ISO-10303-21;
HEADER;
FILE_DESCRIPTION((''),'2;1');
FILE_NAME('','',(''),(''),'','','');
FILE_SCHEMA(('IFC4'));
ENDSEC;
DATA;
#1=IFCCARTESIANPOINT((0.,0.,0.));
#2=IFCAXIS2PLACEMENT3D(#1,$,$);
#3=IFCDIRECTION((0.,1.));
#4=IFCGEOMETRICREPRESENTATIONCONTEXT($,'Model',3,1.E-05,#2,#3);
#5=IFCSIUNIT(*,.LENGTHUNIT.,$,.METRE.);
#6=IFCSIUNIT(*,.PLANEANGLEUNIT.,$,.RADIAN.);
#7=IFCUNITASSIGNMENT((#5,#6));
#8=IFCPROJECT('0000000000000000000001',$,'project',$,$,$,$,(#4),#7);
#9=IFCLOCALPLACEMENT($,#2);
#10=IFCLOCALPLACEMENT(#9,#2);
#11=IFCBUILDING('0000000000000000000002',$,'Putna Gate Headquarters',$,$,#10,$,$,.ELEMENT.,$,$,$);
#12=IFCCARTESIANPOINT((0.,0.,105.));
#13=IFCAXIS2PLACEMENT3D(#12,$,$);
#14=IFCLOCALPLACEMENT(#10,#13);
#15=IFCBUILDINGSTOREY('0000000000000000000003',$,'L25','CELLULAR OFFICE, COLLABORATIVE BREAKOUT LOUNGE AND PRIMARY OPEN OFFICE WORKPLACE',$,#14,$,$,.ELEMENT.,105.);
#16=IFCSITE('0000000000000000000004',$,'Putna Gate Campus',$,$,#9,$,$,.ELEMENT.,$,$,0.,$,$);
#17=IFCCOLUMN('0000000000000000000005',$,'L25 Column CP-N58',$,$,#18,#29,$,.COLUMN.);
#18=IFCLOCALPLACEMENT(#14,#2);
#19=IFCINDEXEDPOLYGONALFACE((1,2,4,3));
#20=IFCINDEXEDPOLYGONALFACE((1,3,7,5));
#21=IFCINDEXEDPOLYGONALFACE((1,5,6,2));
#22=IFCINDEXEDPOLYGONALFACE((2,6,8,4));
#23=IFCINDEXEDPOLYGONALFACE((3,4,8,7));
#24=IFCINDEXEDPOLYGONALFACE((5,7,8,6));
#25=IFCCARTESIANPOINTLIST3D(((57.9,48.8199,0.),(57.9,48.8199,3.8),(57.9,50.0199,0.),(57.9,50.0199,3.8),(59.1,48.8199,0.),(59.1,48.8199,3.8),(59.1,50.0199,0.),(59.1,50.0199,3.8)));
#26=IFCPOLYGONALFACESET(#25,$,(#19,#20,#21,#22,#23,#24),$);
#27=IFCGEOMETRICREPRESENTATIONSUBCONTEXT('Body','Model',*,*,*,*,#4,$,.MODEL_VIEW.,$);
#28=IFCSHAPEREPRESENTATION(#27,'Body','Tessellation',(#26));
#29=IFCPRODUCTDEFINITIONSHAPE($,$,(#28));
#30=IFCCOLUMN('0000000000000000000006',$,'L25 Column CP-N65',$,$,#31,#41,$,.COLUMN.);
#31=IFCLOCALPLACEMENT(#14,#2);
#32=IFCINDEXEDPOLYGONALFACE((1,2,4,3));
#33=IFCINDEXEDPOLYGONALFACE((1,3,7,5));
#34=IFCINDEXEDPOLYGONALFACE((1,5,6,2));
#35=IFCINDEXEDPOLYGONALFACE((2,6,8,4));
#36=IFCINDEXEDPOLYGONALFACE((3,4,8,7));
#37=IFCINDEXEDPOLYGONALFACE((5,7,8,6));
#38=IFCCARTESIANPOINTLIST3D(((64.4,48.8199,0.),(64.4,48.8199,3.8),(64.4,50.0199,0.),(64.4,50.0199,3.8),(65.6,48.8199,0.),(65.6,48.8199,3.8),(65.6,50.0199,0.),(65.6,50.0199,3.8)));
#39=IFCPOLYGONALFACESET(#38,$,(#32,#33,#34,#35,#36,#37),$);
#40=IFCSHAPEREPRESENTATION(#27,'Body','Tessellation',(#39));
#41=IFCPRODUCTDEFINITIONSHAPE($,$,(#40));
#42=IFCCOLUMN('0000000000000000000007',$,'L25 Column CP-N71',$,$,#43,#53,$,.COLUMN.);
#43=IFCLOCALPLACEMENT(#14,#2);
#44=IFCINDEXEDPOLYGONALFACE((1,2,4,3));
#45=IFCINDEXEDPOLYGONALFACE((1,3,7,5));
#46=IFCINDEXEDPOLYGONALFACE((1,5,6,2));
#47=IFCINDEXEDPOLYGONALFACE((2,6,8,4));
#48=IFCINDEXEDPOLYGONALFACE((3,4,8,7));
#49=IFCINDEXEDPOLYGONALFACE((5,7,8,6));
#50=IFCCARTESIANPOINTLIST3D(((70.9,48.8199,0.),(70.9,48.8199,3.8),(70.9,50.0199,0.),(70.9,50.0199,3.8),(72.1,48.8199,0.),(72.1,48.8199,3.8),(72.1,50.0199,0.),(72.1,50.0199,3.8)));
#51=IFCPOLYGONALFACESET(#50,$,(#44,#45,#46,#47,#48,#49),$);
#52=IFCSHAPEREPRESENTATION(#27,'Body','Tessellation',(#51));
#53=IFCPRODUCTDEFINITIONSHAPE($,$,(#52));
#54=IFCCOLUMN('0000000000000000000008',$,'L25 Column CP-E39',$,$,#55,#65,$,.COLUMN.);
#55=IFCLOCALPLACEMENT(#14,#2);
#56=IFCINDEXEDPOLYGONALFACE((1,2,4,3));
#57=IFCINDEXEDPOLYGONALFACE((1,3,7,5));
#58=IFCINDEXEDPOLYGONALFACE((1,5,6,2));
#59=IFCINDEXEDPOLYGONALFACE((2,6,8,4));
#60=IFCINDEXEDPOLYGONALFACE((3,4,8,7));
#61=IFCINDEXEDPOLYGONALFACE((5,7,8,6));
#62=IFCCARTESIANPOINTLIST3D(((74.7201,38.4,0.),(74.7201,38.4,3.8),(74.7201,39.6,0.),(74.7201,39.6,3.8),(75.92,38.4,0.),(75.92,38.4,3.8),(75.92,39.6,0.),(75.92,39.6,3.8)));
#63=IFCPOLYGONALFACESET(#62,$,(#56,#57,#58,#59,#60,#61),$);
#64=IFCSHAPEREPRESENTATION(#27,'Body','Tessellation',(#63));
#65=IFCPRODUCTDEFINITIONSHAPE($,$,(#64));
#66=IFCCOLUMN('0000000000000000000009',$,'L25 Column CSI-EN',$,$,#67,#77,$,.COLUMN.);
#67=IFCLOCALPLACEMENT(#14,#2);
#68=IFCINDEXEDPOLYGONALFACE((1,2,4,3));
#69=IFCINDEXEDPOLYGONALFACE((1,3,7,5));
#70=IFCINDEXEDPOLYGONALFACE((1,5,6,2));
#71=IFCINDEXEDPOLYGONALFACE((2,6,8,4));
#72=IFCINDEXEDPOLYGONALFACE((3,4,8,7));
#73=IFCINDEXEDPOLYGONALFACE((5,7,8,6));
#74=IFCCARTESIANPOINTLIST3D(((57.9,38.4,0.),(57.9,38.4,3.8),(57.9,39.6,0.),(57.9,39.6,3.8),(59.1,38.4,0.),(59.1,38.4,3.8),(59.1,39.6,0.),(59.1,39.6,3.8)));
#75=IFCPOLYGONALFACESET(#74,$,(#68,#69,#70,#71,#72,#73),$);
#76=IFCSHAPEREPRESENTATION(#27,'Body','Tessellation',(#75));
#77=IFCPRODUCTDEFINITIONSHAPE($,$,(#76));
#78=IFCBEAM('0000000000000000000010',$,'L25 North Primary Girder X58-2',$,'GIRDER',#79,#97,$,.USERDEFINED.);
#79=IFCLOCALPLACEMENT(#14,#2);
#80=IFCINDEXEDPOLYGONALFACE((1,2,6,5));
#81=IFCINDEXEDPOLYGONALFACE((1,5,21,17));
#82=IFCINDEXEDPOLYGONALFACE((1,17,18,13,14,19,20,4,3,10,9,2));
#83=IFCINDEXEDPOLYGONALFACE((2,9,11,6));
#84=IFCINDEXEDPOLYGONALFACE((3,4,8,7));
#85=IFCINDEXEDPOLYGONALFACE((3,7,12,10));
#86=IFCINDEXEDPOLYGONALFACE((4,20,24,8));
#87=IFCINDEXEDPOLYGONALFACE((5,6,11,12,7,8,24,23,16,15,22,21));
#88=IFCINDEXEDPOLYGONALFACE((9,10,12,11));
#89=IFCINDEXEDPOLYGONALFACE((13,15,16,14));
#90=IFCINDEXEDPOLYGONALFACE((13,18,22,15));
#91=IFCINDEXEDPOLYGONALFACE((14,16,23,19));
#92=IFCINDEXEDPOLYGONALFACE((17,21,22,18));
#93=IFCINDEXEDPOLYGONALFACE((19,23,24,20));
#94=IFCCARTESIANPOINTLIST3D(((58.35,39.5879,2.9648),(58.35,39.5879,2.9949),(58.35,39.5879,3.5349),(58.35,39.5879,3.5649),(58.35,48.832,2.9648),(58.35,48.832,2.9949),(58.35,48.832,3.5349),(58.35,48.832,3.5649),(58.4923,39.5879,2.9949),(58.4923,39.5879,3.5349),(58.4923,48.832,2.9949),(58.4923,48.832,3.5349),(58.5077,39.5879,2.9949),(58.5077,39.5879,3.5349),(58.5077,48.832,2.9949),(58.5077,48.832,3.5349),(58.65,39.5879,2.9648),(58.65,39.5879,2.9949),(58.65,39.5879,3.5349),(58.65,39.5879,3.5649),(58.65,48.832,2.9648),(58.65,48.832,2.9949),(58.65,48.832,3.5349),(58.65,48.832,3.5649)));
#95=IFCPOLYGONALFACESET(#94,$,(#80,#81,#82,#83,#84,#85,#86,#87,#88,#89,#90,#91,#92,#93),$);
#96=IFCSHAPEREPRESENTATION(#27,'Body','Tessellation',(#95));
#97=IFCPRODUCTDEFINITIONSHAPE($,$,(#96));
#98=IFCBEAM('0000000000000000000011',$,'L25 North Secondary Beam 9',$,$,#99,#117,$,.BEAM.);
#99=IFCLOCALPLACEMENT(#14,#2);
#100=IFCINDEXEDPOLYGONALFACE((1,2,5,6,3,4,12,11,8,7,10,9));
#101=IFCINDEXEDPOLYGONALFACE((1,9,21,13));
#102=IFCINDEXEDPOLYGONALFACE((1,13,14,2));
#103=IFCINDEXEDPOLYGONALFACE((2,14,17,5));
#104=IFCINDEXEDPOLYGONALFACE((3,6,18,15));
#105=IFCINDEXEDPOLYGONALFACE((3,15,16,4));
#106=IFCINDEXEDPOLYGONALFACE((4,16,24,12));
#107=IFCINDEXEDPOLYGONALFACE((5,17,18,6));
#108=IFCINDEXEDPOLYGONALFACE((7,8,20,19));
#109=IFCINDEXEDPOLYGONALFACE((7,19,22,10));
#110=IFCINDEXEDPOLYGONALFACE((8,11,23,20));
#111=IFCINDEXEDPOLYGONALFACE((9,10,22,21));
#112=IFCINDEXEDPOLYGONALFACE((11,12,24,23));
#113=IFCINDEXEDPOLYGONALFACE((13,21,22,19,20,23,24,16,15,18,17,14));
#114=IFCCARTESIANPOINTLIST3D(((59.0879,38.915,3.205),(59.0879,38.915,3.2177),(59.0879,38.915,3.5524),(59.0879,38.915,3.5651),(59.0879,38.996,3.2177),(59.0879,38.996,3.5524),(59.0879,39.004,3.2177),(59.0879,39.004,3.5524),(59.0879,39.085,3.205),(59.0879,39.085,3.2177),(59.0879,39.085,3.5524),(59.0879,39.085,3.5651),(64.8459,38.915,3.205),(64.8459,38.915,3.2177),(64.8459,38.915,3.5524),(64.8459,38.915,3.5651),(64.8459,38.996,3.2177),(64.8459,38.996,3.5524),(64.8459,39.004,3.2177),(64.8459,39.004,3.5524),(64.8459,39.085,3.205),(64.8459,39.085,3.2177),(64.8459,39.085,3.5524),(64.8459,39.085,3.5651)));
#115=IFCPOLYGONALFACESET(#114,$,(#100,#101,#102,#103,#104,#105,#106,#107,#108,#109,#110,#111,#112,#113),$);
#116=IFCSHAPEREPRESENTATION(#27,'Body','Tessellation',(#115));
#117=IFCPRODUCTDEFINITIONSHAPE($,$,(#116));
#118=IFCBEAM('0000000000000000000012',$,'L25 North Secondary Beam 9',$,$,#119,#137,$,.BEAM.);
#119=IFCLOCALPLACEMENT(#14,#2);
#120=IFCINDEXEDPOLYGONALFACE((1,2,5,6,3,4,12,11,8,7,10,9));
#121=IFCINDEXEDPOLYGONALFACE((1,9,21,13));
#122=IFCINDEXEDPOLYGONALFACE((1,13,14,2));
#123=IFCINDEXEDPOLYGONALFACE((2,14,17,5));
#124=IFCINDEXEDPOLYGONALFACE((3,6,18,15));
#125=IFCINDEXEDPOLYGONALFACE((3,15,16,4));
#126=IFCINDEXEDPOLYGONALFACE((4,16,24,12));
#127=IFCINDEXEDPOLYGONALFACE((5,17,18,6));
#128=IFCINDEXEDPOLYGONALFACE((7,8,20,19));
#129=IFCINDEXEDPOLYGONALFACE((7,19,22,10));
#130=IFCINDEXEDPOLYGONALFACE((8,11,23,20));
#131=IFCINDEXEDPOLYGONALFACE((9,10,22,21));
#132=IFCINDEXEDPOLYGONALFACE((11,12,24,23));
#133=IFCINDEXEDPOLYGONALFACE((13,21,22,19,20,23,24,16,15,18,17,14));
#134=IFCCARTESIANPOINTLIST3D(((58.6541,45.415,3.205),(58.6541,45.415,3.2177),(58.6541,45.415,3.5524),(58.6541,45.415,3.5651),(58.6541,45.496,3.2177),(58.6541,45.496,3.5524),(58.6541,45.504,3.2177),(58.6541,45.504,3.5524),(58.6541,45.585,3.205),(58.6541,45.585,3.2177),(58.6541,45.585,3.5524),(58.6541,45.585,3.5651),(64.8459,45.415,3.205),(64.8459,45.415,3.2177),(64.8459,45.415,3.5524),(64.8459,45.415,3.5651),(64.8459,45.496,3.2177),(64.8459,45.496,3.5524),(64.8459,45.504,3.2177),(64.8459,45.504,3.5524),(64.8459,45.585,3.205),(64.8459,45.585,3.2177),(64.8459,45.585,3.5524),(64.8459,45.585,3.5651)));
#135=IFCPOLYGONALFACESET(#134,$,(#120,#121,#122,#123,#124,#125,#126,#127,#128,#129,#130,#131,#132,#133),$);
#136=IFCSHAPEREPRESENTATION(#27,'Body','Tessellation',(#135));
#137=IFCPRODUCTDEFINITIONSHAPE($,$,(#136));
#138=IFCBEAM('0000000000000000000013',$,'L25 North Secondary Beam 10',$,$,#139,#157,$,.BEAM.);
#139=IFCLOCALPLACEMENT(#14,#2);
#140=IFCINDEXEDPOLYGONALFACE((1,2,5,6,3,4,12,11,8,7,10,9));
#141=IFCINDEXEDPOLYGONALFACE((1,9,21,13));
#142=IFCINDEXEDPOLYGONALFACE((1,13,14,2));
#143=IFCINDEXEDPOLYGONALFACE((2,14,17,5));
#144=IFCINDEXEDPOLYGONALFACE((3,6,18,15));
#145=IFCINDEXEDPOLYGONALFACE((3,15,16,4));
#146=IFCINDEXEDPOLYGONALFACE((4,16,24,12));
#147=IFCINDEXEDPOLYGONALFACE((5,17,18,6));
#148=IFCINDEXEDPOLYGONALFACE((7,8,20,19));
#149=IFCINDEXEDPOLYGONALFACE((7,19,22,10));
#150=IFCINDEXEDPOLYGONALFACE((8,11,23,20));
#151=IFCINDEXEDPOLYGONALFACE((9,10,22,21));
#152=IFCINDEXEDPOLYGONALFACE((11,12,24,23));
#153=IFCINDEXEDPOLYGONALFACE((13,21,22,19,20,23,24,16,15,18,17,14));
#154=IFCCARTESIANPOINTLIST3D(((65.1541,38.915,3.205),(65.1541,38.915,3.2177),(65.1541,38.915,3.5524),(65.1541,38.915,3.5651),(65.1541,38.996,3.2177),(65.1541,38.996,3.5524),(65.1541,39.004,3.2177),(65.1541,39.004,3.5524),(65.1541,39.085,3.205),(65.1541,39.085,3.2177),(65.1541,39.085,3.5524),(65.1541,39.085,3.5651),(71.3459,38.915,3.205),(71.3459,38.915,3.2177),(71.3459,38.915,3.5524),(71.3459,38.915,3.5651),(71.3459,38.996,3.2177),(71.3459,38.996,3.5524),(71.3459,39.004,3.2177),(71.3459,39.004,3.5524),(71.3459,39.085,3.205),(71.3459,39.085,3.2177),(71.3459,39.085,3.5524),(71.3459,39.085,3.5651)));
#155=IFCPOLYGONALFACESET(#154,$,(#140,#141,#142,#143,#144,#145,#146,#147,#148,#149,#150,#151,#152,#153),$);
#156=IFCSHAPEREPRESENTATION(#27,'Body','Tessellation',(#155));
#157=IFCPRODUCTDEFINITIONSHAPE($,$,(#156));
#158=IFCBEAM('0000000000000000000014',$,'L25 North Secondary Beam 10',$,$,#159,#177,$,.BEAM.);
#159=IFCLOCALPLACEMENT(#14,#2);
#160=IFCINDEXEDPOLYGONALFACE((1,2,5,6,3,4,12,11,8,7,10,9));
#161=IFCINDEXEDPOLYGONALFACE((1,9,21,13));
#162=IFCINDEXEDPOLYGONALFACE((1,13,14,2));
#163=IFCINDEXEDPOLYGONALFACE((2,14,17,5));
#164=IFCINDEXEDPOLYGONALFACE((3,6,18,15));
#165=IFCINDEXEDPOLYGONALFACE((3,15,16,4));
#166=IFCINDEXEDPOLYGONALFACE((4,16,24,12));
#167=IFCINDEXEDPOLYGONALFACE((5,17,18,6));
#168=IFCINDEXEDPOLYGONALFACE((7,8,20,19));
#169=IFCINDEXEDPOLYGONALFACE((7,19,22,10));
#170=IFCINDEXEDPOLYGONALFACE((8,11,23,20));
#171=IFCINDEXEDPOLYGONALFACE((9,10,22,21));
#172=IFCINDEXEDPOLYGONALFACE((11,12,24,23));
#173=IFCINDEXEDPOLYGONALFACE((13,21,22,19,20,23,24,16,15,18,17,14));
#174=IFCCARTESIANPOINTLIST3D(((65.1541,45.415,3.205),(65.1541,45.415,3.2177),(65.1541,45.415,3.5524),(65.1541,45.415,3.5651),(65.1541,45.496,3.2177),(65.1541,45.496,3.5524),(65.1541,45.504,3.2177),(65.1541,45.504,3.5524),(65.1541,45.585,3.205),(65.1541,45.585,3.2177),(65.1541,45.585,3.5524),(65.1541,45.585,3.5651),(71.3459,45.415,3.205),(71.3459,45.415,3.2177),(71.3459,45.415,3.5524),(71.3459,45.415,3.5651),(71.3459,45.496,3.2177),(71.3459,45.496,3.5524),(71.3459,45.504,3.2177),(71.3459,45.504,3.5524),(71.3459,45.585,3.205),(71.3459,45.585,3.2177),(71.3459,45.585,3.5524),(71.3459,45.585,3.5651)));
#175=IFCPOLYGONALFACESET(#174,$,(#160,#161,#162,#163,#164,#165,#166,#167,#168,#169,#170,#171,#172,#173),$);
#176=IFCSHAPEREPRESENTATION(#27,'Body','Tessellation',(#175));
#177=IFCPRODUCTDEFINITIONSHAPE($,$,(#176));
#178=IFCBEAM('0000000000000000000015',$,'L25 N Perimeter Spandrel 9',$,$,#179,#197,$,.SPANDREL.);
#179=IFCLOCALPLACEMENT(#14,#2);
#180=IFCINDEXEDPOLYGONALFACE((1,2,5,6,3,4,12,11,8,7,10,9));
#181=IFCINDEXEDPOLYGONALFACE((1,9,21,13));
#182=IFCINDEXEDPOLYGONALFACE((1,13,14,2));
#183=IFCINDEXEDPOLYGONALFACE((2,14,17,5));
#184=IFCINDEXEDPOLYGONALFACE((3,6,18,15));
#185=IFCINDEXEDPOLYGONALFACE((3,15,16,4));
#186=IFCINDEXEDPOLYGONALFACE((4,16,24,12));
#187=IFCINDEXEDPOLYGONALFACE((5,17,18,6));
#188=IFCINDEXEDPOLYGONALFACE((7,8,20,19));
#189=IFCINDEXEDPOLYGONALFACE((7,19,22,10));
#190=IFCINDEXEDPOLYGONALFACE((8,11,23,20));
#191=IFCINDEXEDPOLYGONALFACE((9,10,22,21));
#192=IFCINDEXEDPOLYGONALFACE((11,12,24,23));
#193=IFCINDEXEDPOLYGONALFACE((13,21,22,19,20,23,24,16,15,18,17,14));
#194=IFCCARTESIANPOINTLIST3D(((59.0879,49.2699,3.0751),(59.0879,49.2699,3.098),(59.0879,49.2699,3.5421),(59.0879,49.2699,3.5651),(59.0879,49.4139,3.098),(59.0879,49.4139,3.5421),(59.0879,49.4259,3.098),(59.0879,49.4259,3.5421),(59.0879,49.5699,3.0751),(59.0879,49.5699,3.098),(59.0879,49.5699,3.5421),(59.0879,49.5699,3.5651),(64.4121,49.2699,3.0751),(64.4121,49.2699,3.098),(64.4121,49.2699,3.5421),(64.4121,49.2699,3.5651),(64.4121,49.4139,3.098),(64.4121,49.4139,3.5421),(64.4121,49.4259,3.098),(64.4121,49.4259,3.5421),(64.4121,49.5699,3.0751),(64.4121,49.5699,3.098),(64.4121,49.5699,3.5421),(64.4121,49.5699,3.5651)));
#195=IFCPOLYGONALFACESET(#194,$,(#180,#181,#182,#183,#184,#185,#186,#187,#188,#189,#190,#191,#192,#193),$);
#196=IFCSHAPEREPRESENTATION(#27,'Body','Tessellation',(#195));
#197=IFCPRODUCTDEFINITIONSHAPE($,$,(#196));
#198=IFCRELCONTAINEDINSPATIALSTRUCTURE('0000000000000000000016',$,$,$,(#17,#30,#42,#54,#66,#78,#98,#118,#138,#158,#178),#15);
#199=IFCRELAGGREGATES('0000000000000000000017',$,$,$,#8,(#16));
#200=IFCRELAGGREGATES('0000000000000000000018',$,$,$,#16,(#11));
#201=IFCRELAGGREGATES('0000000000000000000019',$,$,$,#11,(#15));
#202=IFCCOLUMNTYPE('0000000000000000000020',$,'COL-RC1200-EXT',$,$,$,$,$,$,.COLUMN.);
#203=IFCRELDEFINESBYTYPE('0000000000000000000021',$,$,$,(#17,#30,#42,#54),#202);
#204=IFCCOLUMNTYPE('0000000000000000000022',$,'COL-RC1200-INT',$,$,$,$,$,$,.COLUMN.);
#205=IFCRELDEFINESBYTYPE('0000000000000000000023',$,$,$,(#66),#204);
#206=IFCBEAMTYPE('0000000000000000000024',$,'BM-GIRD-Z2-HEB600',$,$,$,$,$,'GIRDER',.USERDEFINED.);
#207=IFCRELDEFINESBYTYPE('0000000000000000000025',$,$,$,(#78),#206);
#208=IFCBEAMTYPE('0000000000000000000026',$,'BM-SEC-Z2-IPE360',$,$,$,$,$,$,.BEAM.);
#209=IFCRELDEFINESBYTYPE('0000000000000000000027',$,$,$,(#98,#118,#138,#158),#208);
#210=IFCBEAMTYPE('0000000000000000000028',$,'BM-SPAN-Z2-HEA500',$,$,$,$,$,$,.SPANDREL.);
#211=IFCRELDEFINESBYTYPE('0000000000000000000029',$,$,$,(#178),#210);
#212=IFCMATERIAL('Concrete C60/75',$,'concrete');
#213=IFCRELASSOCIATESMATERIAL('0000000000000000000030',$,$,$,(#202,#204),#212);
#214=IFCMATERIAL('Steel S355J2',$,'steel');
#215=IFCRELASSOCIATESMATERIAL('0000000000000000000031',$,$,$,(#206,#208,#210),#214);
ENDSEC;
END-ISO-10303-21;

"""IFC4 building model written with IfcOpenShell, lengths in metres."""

from ifc_helpers import new_model, si_unit, direction, frame, origin, origin_2d, place, context, subcontext, project, spatial, rectangle, i_section, extrude, material, material_profile, profile_set, type_object, element, save


model = new_model("IFC4")

# Units and contexts
model_context = context("Model", 3, precision=1e-05, world=origin(), true_north=direction((0.0, 1.0)))
body_context = subcontext(model_context, "Body", "Model", "MODEL_VIEW")
ifc_project = project(units=[si_unit("LENGTHUNIT", "METRE"), si_unit("PLANEANGLEUNIT", "RADIAN")], contexts=[model_context])

# Site, building, storey
site_placement = place(None, origin())
site = spatial("IfcSite", under=ifc_project, at=site_placement, Name="Putna Gate Campus", CompositionType="ELEMENT", RefElevation=0.0)
building_placement = place(site_placement, origin())
building = spatial("IfcBuilding", under=site, at=building_placement, Name="Putna Gate Headquarters", CompositionType="ELEMENT")
storey_placement = place(building_placement, frame((0.0, 0.0, 105.0)))
storey = spatial("IfcBuildingStorey", under=building, at=storey_placement, Name="L25", Description="CELLULAR OFFICE, COLLABORATIVE BREAKOUT LOUNGE AND PRIMARY OPEN OFFICE WORKPLACE", CompositionType="ELEMENT", Elevation=105.0)

# Columns
ifc_material_1 = material(Name="Concrete C60/75", Category="concrete")
ifc_material_profile_1 = material_profile(ifc_material_1, rectangle(XDim=1.2, YDim=1.2, at=origin_2d()), Name="Concrete C60/75")
ifc_profile_set_1 = profile_set([ifc_material_profile_1], Name="Concrete C60/75")
column_type_1 = type_object("IfcColumnType", Name="COL-RC1200-EXT", PredefinedType="COLUMN", material=ifc_profile_set_1)
for number, where, z_axis, x_axis, name in (
    (1, (58.5, 49.4199, 0.0), (0.0, 0.0, 1.0), (1.0, 0.0, 0.0), "L25 Column CP-N58"),
    (2, (65.0, 49.4199, 0.0), (0.0, 0.0, 1.0), (1.0, 0.0, 0.0), "L25 Column CP-N65"),
    (3, (71.5, 49.4199, 0.0), (0.0, 0.0, 1.0), (1.0, 0.0, 0.0), "L25 Column CP-N71"),
    (4, (75.3201, 39.0, 0.0), (0.0, 0.0, 1.0), (1.0, 0.0, 0.0), "L25 Column CP-E39"),
):
    element("IfcColumn", number, at=place(storey_placement, frame(where, z_axis=z_axis, x_axis=x_axis)), inside=storey, type_object=column_type_1, Name=name, PredefinedType="COLUMN", context=body_context, shape_type="SweptSolid", body=[
        extrude(rectangle(XDim=1.2, YDim=1.2, at=origin_2d()), origin(), (0.0, 0.0, 1.0), 3.8),
    ])
ifc_material_profile_2 = material_profile(ifc_material_1, rectangle(XDim=1.2, YDim=1.2, at=origin_2d()), Name="Concrete C60/75")
ifc_profile_set_2 = profile_set([ifc_material_profile_2], Name="Concrete C60/75")
column_type_2 = type_object("IfcColumnType", Name="COL-RC1200-INT", PredefinedType="COLUMN", material=ifc_profile_set_2)
column_placement = place(storey_placement, frame((58.5, 39.0, 0.0), z_axis=(0.0, 0.0, 1.0), x_axis=(1.0, 0.0, 0.0)))
element("IfcColumn", 5, at=column_placement, inside=storey, type_object=column_type_2, Name="L25 Column CSI-EN", PredefinedType="COLUMN", context=body_context, shape_type="SweptSolid", body=[
    extrude(rectangle(XDim=1.2, YDim=1.2, at=origin_2d()), origin(), (0.0, 0.0, 1.0), 3.8),
])

# Beams
ifc_material_2 = material(Name="Steel S355J2", Category="steel")
ifc_material_profile_3 = material_profile(ifc_material_2, i_section(OverallWidth=0.3, OverallDepth=0.6001, WebThickness=0.0154, FlangeThickness=0.03, at=origin_2d()), Name="Steel S355J2")
ifc_profile_set_3 = profile_set([ifc_material_profile_3], Name="Steel S355J2")
beam_type_1 = type_object("IfcBeamType", Name="BM-GIRD-Z2-HEB600", ElementType="GIRDER", PredefinedType="USERDEFINED", material=ifc_profile_set_3)
beam_1_placement = place(storey_placement, frame((58.5, 39.5879, 3.2649), z_axis=(0.0, 1.0, 0.0), x_axis=(-1.0, 0.0, 0.0)))
element("IfcBeam", 6, at=beam_1_placement, inside=storey, type_object=beam_type_1, Name="L25 North Primary Girder X58-2", ObjectType="GIRDER", PredefinedType="USERDEFINED", context=body_context, shape_type="SweptSolid", body=[
    extrude(i_section(OverallWidth=0.3, OverallDepth=0.6001, WebThickness=0.0154, FlangeThickness=0.03, at=origin_2d()), origin(), (0.0, 0.0, 1.0), 9.2441),
])
ifc_material_profile_4 = material_profile(ifc_material_2, i_section(OverallWidth=0.1699, OverallDepth=0.3601, WebThickness=0.0081, FlangeThickness=0.0127, at=origin_2d()), Name="Steel S355J2")
ifc_profile_set_4 = profile_set([ifc_material_profile_4], Name="Steel S355J2")
beam_type_2 = type_object("IfcBeamType", Name="BM-SEC-Z2-IPE360", PredefinedType="BEAM", material=ifc_profile_set_4)
beam_2_placement = place(storey_placement, frame((59.0879, 39.0, 3.385), z_axis=(1.0, 0.0, 0.0), x_axis=(0.0, 1.0, 0.0)))
element("IfcBeam", 7, at=beam_2_placement, inside=storey, type_object=beam_type_2, Name="L25 North Secondary Beam 9", PredefinedType="BEAM", context=body_context, shape_type="SweptSolid", body=[
    extrude(i_section(OverallWidth=0.1699, OverallDepth=0.3601, WebThickness=0.0081, FlangeThickness=0.0127, at=origin_2d()), origin(), (0.0, 0.0, 1.0), 5.7581),
])
for number, where, z_axis, x_axis, name in (
    (8, (58.6541, 45.5, 3.385), (1.0, 0.0, 0.0), (0.0, 1.0, 0.0), "L25 North Secondary Beam 9"),
    (9, (65.1541, 39.0, 3.385), (1.0, 0.0, 0.0), (0.0, 1.0, 0.0), "L25 North Secondary Beam 10"),
    (10, (65.1541, 45.5, 3.385), (1.0, 0.0, 0.0), (0.0, 1.0, 0.0), "L25 North Secondary Beam 10"),
):
    element("IfcBeam", number, at=place(storey_placement, frame(where, z_axis=z_axis, x_axis=x_axis)), inside=storey, type_object=beam_type_2, Name=name, PredefinedType="BEAM", context=body_context, shape_type="SweptSolid", body=[
        extrude(i_section(OverallWidth=0.1699, OverallDepth=0.3601, WebThickness=0.0081, FlangeThickness=0.0127, at=origin_2d()), origin(), (0.0, 0.0, 1.0), 6.1919),
    ])
ifc_material_profile_5 = material_profile(ifc_material_2, i_section(OverallWidth=0.3, OverallDepth=0.49, WebThickness=0.012, FlangeThickness=0.0229, at=origin_2d()), Name="Steel S355J2")
ifc_profile_set_5 = profile_set([ifc_material_profile_5], Name="Steel S355J2")
beam_type_3 = type_object("IfcBeamType", Name="BM-SPAN-Z2-HEA500", PredefinedType="SPANDREL", material=ifc_profile_set_5)
for number, where, z_axis, x_axis, name in (
    (11, (59.0879, 49.4199, 3.3201), (1.0, 0.0, 0.0), (0.0, 1.0, 0.0), "L25 N Perimeter Spandrel 9"),
):
    element("IfcBeam", number, at=place(storey_placement, frame(where, z_axis=z_axis, x_axis=x_axis)), inside=storey, type_object=beam_type_3, Name=name, PredefinedType="SPANDREL", context=body_context, shape_type="SweptSolid", body=[
        extrude(i_section(OverallWidth=0.3, OverallDepth=0.49, WebThickness=0.012, FlangeThickness=0.0229, at=origin_2d()), origin(), (0.0, 0.0, 1.0), 5.3242),
    ])

save(model, "model.ifc")
